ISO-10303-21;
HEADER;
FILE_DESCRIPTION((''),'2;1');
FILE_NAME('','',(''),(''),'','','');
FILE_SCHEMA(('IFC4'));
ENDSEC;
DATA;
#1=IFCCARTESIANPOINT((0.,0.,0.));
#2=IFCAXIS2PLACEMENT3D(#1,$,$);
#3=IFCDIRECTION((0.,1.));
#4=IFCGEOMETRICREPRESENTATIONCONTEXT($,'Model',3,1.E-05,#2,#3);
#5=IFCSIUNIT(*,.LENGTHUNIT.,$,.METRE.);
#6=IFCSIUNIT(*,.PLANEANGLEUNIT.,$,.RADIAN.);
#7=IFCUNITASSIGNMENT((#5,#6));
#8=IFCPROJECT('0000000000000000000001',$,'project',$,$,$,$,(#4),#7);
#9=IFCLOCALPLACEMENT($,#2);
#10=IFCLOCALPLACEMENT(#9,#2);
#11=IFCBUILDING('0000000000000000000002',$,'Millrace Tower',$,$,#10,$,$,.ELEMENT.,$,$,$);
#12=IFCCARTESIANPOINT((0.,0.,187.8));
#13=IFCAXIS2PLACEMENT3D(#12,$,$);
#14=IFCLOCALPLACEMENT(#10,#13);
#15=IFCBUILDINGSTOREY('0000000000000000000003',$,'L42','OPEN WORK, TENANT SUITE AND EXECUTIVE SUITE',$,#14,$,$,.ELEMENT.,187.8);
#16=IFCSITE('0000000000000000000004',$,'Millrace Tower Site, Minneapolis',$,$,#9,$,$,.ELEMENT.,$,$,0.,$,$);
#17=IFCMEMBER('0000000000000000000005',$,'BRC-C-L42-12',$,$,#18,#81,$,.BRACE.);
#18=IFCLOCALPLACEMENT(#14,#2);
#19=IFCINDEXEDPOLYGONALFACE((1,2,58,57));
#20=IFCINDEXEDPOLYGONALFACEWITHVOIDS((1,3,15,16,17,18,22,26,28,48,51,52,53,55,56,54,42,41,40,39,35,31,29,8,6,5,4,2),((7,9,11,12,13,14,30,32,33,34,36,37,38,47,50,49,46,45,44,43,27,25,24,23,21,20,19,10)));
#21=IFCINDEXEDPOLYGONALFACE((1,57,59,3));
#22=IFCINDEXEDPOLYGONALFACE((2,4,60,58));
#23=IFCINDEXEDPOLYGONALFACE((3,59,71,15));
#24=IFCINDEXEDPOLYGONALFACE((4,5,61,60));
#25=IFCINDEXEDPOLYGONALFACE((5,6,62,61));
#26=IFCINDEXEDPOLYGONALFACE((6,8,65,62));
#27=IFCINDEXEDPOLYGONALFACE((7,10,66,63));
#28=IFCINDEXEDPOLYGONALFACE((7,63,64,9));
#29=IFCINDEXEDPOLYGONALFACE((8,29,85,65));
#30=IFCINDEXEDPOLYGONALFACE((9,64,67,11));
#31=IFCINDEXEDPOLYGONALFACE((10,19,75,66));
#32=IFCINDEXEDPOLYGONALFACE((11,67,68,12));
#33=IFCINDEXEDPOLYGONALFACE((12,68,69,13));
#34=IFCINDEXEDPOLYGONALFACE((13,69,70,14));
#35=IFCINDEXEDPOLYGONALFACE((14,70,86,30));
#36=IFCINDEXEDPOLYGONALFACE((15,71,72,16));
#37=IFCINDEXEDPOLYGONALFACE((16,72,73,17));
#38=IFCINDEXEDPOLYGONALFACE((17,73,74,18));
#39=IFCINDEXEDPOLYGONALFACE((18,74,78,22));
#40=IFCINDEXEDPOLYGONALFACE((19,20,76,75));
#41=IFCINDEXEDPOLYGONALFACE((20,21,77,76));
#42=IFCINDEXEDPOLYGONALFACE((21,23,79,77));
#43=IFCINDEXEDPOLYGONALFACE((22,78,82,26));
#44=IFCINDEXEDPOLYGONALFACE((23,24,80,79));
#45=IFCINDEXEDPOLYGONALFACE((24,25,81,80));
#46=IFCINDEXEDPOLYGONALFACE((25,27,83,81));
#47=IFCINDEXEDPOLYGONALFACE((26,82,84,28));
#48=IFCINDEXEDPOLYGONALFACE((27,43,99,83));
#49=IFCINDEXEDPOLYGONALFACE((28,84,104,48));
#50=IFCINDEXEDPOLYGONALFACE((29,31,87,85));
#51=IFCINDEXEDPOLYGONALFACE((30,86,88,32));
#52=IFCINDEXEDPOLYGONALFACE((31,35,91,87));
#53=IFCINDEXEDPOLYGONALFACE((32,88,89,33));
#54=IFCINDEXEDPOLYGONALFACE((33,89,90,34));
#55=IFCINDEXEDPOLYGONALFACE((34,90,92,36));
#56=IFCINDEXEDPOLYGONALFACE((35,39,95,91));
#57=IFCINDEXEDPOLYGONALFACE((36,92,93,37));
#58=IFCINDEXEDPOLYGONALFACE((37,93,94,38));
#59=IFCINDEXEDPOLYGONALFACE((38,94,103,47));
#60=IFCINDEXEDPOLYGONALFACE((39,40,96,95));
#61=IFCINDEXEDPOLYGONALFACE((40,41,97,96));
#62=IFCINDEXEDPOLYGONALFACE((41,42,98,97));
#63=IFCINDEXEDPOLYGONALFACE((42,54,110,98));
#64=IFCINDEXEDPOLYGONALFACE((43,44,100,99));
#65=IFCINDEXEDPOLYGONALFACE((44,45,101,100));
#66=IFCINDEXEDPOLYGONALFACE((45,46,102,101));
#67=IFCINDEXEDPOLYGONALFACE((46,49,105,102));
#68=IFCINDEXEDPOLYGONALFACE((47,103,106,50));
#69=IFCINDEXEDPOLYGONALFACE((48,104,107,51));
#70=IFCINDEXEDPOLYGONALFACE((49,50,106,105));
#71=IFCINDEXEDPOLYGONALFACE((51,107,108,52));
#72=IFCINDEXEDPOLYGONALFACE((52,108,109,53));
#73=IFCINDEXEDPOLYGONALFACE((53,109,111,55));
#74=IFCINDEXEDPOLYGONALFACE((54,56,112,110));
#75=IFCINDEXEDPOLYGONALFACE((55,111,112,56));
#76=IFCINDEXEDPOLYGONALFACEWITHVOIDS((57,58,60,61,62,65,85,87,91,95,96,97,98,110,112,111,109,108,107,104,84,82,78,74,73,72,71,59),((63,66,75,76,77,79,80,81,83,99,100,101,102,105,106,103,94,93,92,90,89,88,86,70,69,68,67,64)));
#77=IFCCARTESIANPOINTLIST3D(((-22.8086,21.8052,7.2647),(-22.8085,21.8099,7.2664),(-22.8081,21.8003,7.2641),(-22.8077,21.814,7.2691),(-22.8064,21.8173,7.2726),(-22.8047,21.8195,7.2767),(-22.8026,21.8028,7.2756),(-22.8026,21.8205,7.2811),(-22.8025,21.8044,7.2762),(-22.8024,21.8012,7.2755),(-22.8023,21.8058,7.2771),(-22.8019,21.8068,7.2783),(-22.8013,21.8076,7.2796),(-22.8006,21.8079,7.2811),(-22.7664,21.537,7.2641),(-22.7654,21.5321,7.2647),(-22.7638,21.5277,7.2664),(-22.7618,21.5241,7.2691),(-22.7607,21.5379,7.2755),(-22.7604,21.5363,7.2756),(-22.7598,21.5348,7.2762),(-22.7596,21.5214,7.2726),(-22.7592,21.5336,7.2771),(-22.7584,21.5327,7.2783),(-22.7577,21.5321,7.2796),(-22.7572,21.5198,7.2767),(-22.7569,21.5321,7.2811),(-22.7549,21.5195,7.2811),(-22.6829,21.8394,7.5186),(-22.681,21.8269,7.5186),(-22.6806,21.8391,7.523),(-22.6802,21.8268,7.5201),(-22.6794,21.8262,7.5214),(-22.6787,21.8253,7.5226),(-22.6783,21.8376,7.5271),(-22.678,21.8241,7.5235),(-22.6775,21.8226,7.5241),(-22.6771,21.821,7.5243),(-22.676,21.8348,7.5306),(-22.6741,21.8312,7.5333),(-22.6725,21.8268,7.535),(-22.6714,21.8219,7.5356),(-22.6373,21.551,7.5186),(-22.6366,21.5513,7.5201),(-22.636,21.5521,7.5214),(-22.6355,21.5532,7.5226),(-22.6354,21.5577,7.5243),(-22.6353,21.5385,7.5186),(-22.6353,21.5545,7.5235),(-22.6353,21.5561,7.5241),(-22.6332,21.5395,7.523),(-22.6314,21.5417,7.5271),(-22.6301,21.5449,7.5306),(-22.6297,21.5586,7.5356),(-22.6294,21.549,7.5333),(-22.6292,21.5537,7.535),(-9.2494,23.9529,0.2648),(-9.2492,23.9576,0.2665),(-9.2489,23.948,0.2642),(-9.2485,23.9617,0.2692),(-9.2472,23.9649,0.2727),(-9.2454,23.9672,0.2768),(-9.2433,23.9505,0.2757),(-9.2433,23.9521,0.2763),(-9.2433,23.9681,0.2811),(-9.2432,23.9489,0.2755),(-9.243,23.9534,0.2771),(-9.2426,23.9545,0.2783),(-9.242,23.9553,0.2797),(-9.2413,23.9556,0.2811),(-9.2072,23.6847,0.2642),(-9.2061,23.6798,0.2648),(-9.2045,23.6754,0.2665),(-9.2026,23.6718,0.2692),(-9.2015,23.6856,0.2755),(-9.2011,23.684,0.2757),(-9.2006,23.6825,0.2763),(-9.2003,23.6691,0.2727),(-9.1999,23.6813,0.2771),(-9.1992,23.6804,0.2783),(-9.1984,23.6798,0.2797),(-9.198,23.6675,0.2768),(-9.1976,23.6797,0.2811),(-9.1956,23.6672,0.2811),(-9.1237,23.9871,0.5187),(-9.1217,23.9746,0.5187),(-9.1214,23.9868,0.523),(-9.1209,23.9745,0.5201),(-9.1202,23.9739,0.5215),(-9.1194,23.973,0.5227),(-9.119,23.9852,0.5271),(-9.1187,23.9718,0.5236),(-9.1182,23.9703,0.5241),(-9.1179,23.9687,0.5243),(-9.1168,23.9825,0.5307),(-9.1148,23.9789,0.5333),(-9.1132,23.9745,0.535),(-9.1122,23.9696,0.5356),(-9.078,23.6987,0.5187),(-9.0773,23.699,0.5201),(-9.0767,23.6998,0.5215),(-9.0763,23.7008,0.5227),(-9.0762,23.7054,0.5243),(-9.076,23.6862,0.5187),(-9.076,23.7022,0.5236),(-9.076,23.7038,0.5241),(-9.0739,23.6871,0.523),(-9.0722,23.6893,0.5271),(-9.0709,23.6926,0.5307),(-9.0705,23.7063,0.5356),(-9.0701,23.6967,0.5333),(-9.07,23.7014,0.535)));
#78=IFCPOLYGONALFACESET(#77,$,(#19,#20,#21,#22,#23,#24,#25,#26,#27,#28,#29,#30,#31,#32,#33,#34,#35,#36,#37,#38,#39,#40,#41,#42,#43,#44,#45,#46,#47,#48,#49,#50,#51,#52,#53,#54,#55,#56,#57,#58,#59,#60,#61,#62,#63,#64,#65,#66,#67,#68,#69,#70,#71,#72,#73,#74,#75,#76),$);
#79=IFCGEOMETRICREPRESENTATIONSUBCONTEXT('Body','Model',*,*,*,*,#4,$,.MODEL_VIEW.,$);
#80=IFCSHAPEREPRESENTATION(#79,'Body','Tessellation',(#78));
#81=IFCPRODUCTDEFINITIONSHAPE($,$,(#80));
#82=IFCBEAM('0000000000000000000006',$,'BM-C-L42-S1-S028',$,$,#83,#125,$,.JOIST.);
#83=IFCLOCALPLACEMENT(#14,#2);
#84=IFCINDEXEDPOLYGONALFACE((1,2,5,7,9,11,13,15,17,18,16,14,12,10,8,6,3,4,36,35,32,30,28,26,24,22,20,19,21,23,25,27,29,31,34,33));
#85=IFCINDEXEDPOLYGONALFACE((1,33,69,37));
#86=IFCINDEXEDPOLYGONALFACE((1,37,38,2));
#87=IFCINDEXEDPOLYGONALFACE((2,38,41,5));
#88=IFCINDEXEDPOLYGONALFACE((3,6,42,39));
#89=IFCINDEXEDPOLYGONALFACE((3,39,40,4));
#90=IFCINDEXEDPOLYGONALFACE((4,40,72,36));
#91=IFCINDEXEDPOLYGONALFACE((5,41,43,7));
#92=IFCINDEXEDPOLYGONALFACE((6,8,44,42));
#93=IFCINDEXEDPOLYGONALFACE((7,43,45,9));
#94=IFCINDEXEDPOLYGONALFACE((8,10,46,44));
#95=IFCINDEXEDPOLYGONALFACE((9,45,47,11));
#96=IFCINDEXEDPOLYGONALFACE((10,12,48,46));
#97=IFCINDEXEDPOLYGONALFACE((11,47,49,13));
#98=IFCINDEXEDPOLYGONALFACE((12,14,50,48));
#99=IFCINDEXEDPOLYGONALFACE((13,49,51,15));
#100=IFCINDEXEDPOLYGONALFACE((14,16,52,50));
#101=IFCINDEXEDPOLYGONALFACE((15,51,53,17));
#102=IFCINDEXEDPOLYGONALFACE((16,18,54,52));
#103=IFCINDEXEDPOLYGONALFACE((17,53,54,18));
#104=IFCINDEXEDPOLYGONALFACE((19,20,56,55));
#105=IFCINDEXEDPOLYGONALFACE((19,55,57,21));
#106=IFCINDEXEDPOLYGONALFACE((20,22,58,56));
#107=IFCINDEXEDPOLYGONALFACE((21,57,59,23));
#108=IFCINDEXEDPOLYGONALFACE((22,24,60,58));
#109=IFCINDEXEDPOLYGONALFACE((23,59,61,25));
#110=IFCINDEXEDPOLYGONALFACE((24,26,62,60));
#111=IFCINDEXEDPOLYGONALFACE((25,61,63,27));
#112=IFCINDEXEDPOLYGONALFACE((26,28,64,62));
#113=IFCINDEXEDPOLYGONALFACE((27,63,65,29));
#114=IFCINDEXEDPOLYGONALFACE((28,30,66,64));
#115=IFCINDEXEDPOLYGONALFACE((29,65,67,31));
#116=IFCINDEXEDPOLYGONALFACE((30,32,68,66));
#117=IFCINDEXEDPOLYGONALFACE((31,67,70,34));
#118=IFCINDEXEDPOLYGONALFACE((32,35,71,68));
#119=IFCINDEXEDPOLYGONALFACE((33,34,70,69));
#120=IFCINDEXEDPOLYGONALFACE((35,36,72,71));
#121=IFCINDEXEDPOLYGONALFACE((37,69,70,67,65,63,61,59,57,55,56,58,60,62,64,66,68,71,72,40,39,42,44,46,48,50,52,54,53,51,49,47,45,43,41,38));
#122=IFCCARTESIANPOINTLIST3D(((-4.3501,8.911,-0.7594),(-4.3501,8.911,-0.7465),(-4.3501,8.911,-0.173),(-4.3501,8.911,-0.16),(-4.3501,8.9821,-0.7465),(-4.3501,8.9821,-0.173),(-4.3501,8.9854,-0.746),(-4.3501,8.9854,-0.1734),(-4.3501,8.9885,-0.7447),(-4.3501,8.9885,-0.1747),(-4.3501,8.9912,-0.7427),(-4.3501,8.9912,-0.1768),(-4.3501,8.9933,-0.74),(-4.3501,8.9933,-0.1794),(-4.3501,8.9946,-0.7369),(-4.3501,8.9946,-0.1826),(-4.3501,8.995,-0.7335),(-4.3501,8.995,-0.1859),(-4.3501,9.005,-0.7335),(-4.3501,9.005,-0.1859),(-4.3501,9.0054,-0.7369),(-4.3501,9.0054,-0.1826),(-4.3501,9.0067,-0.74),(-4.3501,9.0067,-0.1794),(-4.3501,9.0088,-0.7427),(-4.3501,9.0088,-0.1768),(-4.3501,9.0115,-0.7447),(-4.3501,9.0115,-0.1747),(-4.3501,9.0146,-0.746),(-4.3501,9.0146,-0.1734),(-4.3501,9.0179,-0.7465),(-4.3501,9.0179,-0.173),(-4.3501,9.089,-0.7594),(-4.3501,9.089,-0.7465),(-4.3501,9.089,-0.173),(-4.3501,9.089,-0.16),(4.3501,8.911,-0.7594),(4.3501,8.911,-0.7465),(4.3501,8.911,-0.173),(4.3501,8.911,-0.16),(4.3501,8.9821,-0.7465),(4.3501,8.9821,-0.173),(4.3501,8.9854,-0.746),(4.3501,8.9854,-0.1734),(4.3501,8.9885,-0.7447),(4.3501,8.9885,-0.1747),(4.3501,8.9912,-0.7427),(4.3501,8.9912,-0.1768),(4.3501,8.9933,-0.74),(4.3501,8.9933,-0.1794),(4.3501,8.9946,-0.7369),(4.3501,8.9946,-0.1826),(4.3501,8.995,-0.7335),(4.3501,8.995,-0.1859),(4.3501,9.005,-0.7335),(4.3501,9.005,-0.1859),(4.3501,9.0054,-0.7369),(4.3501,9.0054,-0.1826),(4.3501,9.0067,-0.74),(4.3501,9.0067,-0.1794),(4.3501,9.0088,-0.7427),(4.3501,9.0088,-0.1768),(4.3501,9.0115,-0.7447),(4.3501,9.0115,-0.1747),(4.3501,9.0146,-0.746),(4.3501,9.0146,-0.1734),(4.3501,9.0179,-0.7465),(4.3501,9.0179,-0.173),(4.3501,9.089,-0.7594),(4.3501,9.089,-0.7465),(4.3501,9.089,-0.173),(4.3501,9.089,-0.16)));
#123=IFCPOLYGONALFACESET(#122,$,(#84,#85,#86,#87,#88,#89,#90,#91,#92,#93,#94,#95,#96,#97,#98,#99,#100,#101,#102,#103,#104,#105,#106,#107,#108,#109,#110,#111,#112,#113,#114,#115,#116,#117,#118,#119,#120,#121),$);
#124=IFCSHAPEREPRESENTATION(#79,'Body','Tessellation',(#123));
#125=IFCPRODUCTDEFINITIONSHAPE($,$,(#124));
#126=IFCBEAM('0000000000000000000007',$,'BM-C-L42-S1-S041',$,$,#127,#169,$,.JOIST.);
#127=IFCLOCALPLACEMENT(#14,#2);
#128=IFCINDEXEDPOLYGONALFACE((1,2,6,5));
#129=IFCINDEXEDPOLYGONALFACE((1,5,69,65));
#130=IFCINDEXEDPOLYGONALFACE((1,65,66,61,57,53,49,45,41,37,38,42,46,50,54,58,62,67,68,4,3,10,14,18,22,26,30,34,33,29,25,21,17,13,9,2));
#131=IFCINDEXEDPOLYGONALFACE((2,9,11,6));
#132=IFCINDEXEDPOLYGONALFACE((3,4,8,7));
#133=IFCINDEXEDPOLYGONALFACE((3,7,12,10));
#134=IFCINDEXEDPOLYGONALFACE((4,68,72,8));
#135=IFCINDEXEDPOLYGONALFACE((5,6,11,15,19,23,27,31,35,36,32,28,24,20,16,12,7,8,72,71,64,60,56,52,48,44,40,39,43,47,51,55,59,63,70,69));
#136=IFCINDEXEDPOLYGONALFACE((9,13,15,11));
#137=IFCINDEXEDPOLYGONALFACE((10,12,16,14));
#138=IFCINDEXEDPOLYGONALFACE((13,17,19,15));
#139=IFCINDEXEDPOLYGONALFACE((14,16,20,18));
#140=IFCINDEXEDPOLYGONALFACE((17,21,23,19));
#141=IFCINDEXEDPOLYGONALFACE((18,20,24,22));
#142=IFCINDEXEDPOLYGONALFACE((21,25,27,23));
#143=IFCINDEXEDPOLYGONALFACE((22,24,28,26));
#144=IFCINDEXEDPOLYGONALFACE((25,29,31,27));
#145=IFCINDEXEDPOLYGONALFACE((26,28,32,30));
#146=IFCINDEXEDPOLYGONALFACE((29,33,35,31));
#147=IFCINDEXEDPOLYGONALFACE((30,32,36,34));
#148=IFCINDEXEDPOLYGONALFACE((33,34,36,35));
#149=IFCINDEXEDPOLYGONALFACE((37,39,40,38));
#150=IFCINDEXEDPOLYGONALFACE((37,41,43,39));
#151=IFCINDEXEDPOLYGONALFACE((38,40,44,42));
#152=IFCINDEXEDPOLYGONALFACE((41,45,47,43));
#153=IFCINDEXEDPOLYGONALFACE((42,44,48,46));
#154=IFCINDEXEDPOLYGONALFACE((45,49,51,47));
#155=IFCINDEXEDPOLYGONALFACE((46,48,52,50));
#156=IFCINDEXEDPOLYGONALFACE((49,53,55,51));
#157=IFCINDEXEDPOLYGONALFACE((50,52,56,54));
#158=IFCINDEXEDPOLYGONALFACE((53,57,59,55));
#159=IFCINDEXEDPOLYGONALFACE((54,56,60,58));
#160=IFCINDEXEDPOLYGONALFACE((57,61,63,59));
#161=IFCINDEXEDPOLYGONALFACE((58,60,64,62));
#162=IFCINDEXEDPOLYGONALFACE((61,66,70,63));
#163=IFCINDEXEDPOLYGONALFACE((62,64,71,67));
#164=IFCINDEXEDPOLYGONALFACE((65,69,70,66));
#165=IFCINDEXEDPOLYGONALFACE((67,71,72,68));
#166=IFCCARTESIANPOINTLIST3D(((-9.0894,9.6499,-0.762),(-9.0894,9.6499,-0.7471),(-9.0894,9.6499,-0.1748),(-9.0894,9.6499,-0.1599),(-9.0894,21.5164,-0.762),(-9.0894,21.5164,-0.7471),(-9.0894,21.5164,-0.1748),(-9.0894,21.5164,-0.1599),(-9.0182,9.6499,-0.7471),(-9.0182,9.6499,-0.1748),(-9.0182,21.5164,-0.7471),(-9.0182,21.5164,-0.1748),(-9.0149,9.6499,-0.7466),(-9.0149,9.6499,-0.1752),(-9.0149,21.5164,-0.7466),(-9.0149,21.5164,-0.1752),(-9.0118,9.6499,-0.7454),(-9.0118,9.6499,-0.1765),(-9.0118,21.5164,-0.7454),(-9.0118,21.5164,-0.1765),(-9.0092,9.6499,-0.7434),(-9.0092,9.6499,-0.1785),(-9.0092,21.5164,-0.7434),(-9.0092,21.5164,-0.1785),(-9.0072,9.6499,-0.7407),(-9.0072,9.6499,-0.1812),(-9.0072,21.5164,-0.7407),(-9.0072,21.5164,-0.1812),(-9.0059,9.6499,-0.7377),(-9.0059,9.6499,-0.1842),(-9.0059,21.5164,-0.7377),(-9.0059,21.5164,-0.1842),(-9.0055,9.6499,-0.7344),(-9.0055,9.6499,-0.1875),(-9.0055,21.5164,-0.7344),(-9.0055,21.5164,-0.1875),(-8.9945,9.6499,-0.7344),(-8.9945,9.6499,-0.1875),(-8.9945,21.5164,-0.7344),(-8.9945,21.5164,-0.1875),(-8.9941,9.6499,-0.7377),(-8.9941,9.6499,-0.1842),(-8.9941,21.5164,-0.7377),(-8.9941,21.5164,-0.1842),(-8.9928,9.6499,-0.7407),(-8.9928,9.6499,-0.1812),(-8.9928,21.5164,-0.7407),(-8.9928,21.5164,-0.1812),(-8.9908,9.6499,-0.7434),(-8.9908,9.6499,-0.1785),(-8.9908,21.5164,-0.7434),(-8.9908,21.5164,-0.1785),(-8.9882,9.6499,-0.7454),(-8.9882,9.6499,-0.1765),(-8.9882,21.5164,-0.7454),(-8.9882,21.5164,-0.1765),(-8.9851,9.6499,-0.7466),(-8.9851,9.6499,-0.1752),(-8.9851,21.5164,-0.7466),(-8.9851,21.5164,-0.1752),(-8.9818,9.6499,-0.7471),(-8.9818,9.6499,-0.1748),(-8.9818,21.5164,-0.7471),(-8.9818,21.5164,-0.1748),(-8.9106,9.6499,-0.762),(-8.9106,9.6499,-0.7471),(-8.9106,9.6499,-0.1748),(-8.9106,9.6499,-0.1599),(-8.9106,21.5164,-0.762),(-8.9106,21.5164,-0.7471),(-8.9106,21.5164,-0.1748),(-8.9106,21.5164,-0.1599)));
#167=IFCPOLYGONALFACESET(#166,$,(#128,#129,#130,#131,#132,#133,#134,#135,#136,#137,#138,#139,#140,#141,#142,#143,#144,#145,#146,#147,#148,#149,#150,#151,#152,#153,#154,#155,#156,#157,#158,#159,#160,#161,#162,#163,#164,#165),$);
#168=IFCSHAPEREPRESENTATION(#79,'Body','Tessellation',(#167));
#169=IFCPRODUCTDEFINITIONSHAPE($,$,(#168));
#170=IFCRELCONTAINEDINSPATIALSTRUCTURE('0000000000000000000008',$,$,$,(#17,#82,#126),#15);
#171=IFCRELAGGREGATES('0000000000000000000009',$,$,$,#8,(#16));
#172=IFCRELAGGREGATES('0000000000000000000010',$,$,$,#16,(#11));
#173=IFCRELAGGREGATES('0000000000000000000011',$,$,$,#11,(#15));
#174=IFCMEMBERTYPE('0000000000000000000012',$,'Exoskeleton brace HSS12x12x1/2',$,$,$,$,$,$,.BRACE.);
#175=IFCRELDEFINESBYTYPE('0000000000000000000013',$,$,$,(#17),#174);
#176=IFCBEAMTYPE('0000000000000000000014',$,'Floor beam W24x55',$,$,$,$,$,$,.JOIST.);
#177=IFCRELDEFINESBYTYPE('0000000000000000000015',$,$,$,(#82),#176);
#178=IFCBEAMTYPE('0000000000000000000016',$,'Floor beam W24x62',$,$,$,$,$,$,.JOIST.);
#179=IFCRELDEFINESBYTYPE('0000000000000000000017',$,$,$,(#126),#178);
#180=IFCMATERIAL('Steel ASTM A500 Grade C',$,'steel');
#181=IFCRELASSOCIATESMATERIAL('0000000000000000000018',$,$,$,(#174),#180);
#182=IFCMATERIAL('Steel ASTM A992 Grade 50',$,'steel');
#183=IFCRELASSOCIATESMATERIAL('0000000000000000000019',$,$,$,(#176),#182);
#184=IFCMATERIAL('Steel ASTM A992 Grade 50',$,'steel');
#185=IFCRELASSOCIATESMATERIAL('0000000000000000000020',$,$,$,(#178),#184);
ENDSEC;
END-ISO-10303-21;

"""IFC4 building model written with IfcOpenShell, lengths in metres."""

from ifc_helpers import new_model, si_unit, direction, frame, origin, origin_2d, place, context, subcontext, project, spatial, hollow_rectangle, i_section, extrude, material, material_profile, profile_set, type_object, element, save


model = new_model("IFC4")

# Units and contexts
model_context = context("Model", 3, precision=1e-05, world=origin(), true_north=direction((0.0, 1.0)))
body_context = subcontext(model_context, "Body", "Model", "MODEL_VIEW")
ifc_project = project(units=[si_unit("LENGTHUNIT", "METRE"), si_unit("PLANEANGLEUNIT", "RADIAN")], contexts=[model_context])

# Site, building, storey
site_placement = place(None, origin())
site = spatial("IfcSite", under=ifc_project, at=site_placement, Name="Millrace Tower Site, Minneapolis", CompositionType="ELEMENT", RefElevation=0.0)
building_placement = place(site_placement, origin())
building = spatial("IfcBuilding", under=site, at=building_placement, Name="Millrace Tower", CompositionType="ELEMENT")
storey_placement = place(building_placement, frame((0.0, 0.0, 187.8)))
storey = spatial("IfcBuildingStorey", under=building, at=storey_placement, Name="L42", Description="OPEN WORK, TENANT SUITE AND EXECUTIVE SUITE", CompositionType="ELEMENT", Elevation=187.8)

# Member
ifc_material_1 = material(Name="Steel ASTM A500 Grade C", Category="steel")
ifc_material_profile_1 = material_profile(ifc_material_1, hollow_rectangle(XDim=0.3047, YDim=0.3047, WallThickness=0.0127, InnerFilletRadius=0.0063, OuterFilletRadius=0.019, at=origin_2d()))
ifc_profile_set_1 = profile_set([ifc_material_profile_1], Name="Steel ASTM A500 Grade C")
member_type_1 = type_object("IfcMemberType", Name="Exoskeleton brace HSS12x12x1/2", PredefinedType="BRACE", material=ifc_profile_set_1)
member_1_placement = place(storey_placement, frame((-9.1597, 23.8271, 0.3999), z_axis=(-0.879905, -0.139371, 0.454251), x_axis=(0.156443, -0.987687, 0.0)))
element("IfcMember", 1, at=member_1_placement, inside=storey, type_object=member_type_1, Name="BRC-C-L42-12", PredefinedType="BRACE", context=body_context, shape_type="SweptSolid", body=[
    extrude(hollow_rectangle(XDim=0.3047, YDim=0.3047, WallThickness=0.0127, InnerFilletRadius=0.0063, OuterFilletRadius=0.019, at=origin_2d()), origin(), (0.0, 0.0, 1.0), 15.4099),
])

# Beams
ifc_material_2 = material(Name="Steel ASTM A992 Grade 50", Category="steel")
ifc_material_profile_2 = material_profile(ifc_material_2, i_section(OverallWidth=0.178, OverallDepth=0.5994, WebThickness=0.01, FlangeThickness=0.0129, FilletRadius=0.0129, at=origin_2d()))
ifc_profile_set_2 = profile_set([ifc_material_profile_2], Name="Steel ASTM A992 Grade 50")
beam_type_1 = type_object("IfcBeamType", Name="Floor beam W24x55", PredefinedType="JOIST", material=ifc_profile_set_2)
beam_1_placement = place(storey_placement, frame((-4.3501, 9.0, -0.4597), z_axis=(1.0, 0.0, 0.0), x_axis=(0.0, 1.0, 0.0)))
element("IfcBeam", 2, at=beam_1_placement, inside=storey, type_object=beam_type_1, Name="BM-C-L42-S1-S028", PredefinedType="JOIST", context=body_context, shape_type="SweptSolid", body=[
    extrude(i_section(OverallWidth=0.178, OverallDepth=0.5994, WebThickness=0.01, FlangeThickness=0.0129, FilletRadius=0.0129, at=origin_2d()), origin(), (0.0, 0.0, 1.0), 8.7002),
])
ifc_material_3 = material(Name="Steel ASTM A992 Grade 50", Category="steel")
ifc_material_profile_3 = material_profile(ifc_material_3, i_section(OverallWidth=0.1787, OverallDepth=0.6021, WebThickness=0.011, FlangeThickness=0.0149, FilletRadius=0.0127, at=origin_2d()))
ifc_profile_set_3 = profile_set([ifc_material_profile_3], Name="Steel ASTM A992 Grade 50")
beam_type_2 = type_object("IfcBeamType", Name="Floor beam W24x62", PredefinedType="JOIST", material=ifc_profile_set_3)
beam_2_placement = place(storey_placement, frame((-9.0, 9.6499, -0.4609), z_axis=(0.0, 1.0, 0.0), x_axis=(-1.0, 0.0, 0.0)))
element("IfcBeam", 3, at=beam_2_placement, inside=storey, type_object=beam_type_2, Name="BM-C-L42-S1-S041", PredefinedType="JOIST", context=body_context, shape_type="SweptSolid", body=[
    extrude(i_section(OverallWidth=0.1787, OverallDepth=0.6021, WebThickness=0.011, FlangeThickness=0.0149, FilletRadius=0.0127, at=origin_2d()), origin(), (0.0, 0.0, 1.0), 11.8665),
])

save(model, "model.ifc")
